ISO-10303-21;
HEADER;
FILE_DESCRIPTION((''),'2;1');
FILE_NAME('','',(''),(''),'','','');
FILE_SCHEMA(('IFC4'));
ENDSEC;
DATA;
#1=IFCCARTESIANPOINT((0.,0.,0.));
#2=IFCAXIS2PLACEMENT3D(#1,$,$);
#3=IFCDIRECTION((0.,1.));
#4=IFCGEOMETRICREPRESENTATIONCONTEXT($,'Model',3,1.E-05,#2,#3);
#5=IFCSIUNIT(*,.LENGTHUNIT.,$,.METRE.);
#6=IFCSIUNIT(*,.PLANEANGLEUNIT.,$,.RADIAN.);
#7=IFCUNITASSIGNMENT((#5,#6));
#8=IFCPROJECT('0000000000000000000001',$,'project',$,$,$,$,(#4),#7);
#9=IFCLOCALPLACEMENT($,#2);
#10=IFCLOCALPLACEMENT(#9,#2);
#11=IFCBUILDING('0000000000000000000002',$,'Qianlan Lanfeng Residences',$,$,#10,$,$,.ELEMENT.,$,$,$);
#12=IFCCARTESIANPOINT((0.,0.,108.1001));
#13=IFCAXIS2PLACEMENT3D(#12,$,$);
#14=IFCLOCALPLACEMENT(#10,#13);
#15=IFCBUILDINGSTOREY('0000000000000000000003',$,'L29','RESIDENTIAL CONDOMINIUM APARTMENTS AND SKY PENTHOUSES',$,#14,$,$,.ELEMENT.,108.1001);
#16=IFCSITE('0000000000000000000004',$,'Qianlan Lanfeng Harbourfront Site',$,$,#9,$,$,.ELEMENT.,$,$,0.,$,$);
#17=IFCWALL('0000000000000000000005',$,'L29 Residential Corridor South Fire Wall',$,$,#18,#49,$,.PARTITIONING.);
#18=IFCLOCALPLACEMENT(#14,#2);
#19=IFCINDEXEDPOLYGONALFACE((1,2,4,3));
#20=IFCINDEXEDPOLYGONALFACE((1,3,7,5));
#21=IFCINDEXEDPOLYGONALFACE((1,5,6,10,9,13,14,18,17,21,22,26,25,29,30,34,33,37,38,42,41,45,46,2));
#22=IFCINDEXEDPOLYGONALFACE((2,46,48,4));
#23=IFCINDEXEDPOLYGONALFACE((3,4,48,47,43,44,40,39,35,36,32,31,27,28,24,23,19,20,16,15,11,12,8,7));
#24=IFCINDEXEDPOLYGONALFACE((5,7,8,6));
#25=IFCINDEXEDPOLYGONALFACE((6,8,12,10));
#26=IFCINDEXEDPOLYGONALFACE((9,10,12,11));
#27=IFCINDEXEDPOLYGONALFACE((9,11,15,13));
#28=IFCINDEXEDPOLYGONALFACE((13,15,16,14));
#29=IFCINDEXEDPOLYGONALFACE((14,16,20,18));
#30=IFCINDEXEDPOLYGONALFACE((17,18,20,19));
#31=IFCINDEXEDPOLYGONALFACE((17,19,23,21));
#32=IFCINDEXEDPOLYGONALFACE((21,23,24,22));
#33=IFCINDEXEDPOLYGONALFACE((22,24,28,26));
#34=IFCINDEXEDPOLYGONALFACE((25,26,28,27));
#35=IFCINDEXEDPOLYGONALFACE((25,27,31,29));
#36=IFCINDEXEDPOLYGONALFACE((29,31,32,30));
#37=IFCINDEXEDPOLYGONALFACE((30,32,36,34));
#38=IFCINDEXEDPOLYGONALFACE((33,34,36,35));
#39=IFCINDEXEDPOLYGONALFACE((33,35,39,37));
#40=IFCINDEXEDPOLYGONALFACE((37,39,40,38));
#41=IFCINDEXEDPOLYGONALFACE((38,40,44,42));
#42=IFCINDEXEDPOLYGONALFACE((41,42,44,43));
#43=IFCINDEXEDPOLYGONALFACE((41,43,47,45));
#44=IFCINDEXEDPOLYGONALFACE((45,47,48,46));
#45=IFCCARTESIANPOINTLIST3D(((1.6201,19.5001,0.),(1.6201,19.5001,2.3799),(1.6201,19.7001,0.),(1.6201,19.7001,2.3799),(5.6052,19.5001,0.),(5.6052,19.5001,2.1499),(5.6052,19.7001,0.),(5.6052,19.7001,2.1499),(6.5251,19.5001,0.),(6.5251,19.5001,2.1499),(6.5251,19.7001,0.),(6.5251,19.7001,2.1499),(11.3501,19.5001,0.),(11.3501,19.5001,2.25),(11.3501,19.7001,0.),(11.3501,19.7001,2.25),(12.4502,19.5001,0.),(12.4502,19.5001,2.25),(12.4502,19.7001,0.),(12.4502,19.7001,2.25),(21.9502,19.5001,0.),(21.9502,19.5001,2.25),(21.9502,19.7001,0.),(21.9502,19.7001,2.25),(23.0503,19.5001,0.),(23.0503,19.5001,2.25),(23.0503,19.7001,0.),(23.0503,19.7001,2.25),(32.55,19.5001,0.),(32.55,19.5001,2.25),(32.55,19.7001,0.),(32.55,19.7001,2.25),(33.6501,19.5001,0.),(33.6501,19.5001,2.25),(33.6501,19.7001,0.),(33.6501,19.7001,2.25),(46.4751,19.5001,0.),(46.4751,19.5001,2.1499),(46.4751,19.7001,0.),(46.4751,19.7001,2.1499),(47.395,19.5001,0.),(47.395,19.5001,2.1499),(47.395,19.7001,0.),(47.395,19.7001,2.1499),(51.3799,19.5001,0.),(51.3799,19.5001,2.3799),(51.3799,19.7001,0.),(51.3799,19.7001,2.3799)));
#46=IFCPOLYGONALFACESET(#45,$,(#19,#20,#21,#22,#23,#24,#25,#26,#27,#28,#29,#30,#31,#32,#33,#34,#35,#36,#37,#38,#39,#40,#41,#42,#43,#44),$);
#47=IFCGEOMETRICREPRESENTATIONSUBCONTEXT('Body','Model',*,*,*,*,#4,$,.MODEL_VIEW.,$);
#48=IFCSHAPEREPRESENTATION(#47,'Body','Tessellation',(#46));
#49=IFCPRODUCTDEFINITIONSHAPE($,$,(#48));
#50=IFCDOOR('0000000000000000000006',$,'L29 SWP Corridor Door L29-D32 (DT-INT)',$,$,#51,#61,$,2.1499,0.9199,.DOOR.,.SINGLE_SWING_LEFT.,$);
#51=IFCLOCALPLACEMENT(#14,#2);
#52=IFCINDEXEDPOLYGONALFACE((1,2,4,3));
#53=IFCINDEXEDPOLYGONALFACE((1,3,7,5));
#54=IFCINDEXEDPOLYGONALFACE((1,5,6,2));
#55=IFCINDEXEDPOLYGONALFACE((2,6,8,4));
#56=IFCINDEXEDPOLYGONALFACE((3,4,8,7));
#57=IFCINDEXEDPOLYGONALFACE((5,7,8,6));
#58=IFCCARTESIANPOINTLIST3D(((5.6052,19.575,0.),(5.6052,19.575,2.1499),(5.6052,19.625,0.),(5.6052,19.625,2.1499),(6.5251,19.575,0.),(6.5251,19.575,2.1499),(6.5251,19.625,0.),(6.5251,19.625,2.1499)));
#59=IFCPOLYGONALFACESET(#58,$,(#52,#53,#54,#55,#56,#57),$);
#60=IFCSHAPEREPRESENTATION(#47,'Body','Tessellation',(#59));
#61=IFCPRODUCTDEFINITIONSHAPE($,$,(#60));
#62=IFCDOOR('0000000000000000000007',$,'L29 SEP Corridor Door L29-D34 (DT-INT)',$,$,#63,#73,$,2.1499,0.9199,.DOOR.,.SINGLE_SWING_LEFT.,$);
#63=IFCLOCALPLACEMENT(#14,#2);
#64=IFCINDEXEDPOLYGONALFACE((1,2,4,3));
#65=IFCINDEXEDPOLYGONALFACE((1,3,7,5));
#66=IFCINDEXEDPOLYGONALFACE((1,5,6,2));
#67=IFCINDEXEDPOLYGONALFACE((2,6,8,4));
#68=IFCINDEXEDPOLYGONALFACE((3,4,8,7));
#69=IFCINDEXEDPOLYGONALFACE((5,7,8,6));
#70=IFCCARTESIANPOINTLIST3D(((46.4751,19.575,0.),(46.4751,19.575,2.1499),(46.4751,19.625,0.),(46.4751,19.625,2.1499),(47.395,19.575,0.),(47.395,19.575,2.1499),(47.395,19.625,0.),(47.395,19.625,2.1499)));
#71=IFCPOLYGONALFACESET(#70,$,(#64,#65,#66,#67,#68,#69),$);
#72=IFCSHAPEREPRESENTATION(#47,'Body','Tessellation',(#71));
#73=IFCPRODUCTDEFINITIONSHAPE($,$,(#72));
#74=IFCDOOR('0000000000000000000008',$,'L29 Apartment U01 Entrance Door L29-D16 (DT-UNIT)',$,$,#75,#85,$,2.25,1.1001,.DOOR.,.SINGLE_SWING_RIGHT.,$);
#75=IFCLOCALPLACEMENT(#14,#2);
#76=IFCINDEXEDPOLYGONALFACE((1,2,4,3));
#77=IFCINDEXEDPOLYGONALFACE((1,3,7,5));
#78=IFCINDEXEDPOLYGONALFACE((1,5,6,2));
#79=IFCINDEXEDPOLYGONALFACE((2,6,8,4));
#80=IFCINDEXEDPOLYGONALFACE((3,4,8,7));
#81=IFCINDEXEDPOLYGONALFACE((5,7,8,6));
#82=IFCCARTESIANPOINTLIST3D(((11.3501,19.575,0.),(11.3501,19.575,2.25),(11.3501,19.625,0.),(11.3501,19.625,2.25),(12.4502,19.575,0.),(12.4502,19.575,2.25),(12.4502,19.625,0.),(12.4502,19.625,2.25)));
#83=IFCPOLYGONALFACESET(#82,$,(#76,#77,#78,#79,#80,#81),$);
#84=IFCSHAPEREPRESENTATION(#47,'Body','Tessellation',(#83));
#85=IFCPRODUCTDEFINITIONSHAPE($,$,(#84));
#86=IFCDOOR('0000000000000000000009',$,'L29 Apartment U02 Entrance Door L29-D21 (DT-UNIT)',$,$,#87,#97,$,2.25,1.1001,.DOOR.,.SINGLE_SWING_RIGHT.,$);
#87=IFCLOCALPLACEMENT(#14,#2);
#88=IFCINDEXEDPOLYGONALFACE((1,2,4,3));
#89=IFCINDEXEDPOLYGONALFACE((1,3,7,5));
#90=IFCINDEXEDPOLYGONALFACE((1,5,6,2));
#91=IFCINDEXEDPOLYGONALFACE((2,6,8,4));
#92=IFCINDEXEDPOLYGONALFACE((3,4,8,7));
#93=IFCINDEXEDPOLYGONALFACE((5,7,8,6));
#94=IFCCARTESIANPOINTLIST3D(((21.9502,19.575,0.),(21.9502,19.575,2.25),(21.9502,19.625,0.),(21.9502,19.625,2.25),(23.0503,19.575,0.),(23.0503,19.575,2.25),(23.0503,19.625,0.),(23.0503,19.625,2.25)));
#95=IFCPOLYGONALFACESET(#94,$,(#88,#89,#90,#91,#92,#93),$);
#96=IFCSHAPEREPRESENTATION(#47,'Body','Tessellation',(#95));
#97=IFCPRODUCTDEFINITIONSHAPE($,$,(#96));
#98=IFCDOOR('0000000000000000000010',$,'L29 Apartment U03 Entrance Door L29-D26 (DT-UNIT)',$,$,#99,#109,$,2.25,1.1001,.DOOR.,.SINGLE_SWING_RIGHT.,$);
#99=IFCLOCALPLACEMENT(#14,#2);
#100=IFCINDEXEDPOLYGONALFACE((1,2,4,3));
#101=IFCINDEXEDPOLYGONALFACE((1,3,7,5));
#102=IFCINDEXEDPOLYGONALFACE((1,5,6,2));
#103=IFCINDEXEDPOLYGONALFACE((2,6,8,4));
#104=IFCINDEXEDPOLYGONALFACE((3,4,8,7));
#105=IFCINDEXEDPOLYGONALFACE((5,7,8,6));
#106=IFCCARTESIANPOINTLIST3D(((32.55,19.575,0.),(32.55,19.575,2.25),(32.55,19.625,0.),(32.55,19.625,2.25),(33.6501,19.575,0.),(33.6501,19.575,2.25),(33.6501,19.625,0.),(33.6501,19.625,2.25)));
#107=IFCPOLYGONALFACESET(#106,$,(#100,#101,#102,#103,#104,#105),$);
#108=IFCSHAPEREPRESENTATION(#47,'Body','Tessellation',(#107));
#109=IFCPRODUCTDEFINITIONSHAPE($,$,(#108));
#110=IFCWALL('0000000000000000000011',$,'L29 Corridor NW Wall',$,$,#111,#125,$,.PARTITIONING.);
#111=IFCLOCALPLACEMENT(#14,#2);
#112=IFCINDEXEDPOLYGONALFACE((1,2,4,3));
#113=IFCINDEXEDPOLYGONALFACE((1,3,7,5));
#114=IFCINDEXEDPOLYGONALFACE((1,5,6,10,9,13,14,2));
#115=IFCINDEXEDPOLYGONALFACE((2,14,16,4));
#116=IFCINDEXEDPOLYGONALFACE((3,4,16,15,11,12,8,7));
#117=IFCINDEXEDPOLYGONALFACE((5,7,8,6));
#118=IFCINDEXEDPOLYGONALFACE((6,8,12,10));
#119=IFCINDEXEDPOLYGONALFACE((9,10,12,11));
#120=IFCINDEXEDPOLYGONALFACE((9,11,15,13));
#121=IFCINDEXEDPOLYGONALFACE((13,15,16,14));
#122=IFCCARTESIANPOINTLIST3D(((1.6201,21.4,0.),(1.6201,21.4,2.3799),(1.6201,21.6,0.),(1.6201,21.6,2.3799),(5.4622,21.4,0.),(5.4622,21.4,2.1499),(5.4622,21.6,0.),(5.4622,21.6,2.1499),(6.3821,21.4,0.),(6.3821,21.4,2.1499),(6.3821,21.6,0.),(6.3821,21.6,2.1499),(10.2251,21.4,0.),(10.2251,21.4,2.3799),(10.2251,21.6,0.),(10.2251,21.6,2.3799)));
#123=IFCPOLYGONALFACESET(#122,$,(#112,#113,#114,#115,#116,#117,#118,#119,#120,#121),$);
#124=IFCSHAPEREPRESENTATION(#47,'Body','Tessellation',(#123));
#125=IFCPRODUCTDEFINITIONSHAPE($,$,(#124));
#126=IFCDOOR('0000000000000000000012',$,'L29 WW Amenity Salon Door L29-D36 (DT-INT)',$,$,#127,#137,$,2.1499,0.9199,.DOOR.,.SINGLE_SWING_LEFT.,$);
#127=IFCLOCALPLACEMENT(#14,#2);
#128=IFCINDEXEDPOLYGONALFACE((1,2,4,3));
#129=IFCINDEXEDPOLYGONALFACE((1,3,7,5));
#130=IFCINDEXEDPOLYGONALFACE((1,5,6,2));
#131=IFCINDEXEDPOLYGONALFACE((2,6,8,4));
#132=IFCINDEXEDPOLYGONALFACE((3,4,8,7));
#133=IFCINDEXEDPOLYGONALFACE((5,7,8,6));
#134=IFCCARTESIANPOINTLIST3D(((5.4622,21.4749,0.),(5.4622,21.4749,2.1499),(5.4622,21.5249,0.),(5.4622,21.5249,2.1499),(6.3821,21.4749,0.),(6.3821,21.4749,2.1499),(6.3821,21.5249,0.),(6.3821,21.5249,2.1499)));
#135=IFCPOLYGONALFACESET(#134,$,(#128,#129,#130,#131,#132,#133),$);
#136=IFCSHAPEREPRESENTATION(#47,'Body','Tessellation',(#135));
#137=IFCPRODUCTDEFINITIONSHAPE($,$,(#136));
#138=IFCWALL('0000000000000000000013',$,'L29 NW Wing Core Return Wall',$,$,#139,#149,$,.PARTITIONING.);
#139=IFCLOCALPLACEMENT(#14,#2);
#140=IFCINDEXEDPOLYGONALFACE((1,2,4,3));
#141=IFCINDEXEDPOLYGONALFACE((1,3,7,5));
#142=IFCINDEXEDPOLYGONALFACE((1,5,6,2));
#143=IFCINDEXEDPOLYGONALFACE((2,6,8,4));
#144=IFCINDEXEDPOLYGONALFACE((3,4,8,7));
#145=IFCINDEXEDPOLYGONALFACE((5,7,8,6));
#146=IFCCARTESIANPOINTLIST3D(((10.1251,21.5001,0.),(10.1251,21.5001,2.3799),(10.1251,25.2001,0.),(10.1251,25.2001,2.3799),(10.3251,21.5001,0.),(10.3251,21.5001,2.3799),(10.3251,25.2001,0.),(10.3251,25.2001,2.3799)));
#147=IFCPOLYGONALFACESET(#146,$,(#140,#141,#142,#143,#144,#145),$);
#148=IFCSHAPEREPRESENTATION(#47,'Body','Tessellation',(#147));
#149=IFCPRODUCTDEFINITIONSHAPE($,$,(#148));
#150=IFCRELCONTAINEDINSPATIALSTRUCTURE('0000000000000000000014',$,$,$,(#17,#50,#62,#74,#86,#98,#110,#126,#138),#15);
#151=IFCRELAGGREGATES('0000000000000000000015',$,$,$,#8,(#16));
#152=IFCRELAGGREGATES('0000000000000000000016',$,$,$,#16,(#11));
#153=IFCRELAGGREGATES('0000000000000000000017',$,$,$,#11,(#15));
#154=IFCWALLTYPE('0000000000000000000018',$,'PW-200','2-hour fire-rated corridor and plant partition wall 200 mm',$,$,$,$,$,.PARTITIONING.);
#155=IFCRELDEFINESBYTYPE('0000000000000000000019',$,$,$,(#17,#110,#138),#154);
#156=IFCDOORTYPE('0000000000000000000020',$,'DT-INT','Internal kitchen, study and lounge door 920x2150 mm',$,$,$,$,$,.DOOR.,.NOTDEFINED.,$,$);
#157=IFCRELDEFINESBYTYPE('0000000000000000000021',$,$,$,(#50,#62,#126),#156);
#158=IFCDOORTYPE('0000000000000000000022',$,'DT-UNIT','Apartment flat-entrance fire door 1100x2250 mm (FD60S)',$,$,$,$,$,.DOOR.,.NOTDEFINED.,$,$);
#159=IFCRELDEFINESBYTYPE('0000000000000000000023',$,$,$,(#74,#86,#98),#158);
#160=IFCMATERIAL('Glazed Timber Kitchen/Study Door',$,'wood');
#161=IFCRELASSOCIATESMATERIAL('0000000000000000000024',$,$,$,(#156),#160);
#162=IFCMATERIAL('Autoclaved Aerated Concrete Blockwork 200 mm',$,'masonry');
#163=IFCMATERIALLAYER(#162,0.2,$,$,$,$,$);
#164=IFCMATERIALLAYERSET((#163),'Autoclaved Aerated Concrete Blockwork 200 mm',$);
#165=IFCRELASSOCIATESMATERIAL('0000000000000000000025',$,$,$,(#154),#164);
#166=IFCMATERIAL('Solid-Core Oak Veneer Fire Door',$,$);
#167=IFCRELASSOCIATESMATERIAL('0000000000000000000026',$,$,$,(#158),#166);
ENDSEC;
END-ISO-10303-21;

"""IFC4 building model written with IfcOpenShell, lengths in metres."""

from ifc_helpers import new_model, si_unit, direction, frame, frame_2d, origin, place, context, subcontext, project, spatial, rectangle, extrude, material, layer, layer_set, type_object, element, fill, save


model = new_model("IFC4")

# Units and contexts
model_context = context("Model", 3, precision=1e-05, world=origin(), true_north=direction((0.0, 1.0)))
body_context = subcontext(model_context, "Body", "Model", "MODEL_VIEW")
ifc_project = project(units=[si_unit("LENGTHUNIT", "METRE"), si_unit("PLANEANGLEUNIT", "RADIAN")], contexts=[model_context])

# Site, building, storey
site_placement = place(None, origin())
site = spatial("IfcSite", under=ifc_project, at=site_placement, Name="Qianlan Lanfeng Harbourfront Site", CompositionType="ELEMENT", RefElevation=0.0)
building_placement = place(site_placement, origin())
building = spatial("IfcBuilding", under=site, at=building_placement, Name="Qianlan Lanfeng Residences", CompositionType="ELEMENT")
storey_placement = place(building_placement, frame((0.0, 0.0, 108.1001)))
storey = spatial("IfcBuildingStorey", under=building, at=storey_placement, Name="L29", Description="RESIDENTIAL CONDOMINIUM APARTMENTS AND SKY PENTHOUSES", CompositionType="ELEMENT", Elevation=108.1001)

# Shared definitions
ifc_material_1 = material(Name="Glazed Timber Kitchen/Study Door", Category="wood")
door_type_1 = type_object("IfcDoorType", Name="DT-INT", Description="Internal kitchen, study and lounge door 920x2150 mm", OperationType="NOTDEFINED", PredefinedType="DOOR", material=ifc_material_1)

# Wall, openings, doors
ifc_material_2 = material(Name="Autoclaved Aerated Concrete Blockwork 200 mm", Category="masonry")
ifc_layer_1 = layer(ifc_material_2, 0.2)
ifc_layer_set_1 = layer_set([ifc_layer_1], Name="Autoclaved Aerated Concrete Blockwork 200 mm")
wall_type_1 = type_object("IfcWallType", Name="PW-200", Description="2-hour fire-rated corridor and plant partition wall 200 mm", PredefinedType="PARTITIONING", material=ifc_layer_set_1)
wall_1_placement = place(storey_placement, frame((1.6201, 19.6001, 0.0), z_axis=(0.0, 0.0, 1.0), x_axis=(1.0, 0.0, 0.0)))
wall_1 = element("IfcWall", 1, at=wall_1_placement, inside=storey, type_object=wall_type_1, Name="L29 Residential Corridor South Fire Wall", PredefinedType="PARTITIONING", context=body_context, shape_type="SweptSolid", body=[
    extrude(rectangle(XDim=49.7598, YDim=0.2, at=frame_2d((24.8799, 0.0))), origin(), (0.0, 0.0, 1.0), 2.3799),
])
opening_1_placement = place(wall_1_placement, frame((9.73, 0.0, 0.0)))
opening_1 = element("IfcOpeningElement", 2, at=opening_1_placement, cuts=wall_1, PredefinedType="OPENING", context=body_context, shape_type="SweptSolid", body=[
    extrude(rectangle(XDim=1.1001, YDim=2.25, at=frame_2d((0.55, 1.125))), frame((0.0, 0.1099, 0.0), z_axis=(0.0, -1.0, 0.0), x_axis=(1.0, 0.0, 0.0)), (0.0, 0.0, 1.0), 0.22),
])
opening_2_placement = place(wall_1_placement, frame((20.3301, 0.0, 0.0)))
opening_2 = element("IfcOpeningElement", 3, at=opening_2_placement, cuts=wall_1, PredefinedType="OPENING", context=body_context, shape_type="SweptSolid", body=[
    extrude(rectangle(XDim=1.1001, YDim=2.25, at=frame_2d((0.55, 1.125))), frame((0.0, 0.1099, 0.0), z_axis=(0.0, -1.0, 0.0), x_axis=(1.0, 0.0, 0.0)), (0.0, 0.0, 1.0), 0.22),
])
opening_3_placement = place(wall_1_placement, frame((30.9299, 0.0, 0.0)))
opening_3 = element("IfcOpeningElement", 4, at=opening_3_placement, cuts=wall_1, PredefinedType="OPENING", context=body_context, shape_type="SweptSolid", body=[
    extrude(rectangle(XDim=1.1001, YDim=2.25, at=frame_2d((0.55, 1.125))), frame((0.0, 0.1099, 0.0), z_axis=(0.0, -1.0, 0.0), x_axis=(1.0, 0.0, 0.0)), (0.0, 0.0, 1.0), 0.22),
])
opening_4_placement = place(wall_1_placement, frame((3.9851, 0.0, 0.0)))
opening_4 = element("IfcOpeningElement", 5, at=opening_4_placement, cuts=wall_1, PredefinedType="OPENING", context=body_context, shape_type="SweptSolid", body=[
    extrude(rectangle(XDim=0.9199, YDim=2.1499, at=frame_2d((0.46, 1.075))), frame((0.0, 0.1099, 0.0), z_axis=(0.0, -1.0, 0.0), x_axis=(1.0, 0.0, 0.0)), (0.0, 0.0, 1.0), 0.22),
])
opening_5_placement = place(wall_1_placement, frame((44.855, 0.0, 0.0)))
opening_5 = element("IfcOpeningElement", 6, at=opening_5_placement, cuts=wall_1, PredefinedType="OPENING", context=body_context, shape_type="SweptSolid", body=[
    extrude(rectangle(XDim=0.9199, YDim=2.1499, at=frame_2d((0.46, 1.075))), frame((0.0, 0.1099, 0.0), z_axis=(0.0, -1.0, 0.0), x_axis=(1.0, 0.0, 0.0)), (0.0, 0.0, 1.0), 0.22),
])
door_1_placement = place(opening_4_placement, origin())
door_1 = element("IfcDoor", 7, at=door_1_placement, inside=storey, type_object=door_type_1, Name="L29 SWP Corridor Door L29-D32 (DT-INT)", OperationType="SINGLE_SWING_LEFT", OverallHeight=2.1499, OverallWidth=0.9199, PredefinedType="DOOR", context=body_context, shape_type="SweptSolid", body=[
    extrude(rectangle(XDim=0.9199, YDim=2.1499, at=frame_2d((0.46, 1.075))), frame((0.0, 0.0249, 0.0), z_axis=(0.0, -1.0, 0.0), x_axis=(1.0, 0.0, 0.0)), (0.0, 0.0, 1.0), 0.05),
])
fill(opening_4, door_1)
door_2_placement = place(opening_5_placement, origin())
door_2 = element("IfcDoor", 8, at=door_2_placement, inside=storey, type_object=door_type_1, Name="L29 SEP Corridor Door L29-D34 (DT-INT)", OperationType="SINGLE_SWING_LEFT", OverallHeight=2.1499, OverallWidth=0.9199, PredefinedType="DOOR", context=body_context, shape_type="SweptSolid", body=[
    extrude(rectangle(XDim=0.9199, YDim=2.1499, at=frame_2d((0.46, 1.075))), frame((0.0, 0.0249, 0.0), z_axis=(0.0, -1.0, 0.0), x_axis=(1.0, 0.0, 0.0)), (0.0, 0.0, 1.0), 0.05),
])
fill(opening_5, door_2)
ifc_material_3 = material(Name="Solid-Core Oak Veneer Fire Door")
door_type_2 = type_object("IfcDoorType", Name="DT-UNIT", Description="Apartment flat-entrance fire door 1100x2250 mm (FD60S)", OperationType="NOTDEFINED", PredefinedType="DOOR", material=ifc_material_3)
door_3_placement = place(opening_1_placement, origin())
door_3 = element("IfcDoor", 9, at=door_3_placement, inside=storey, type_object=door_type_2, Name="L29 Apartment U01 Entrance Door L29-D16 (DT-UNIT)", OperationType="SINGLE_SWING_RIGHT", OverallHeight=2.25, OverallWidth=1.1001, PredefinedType="DOOR", context=body_context, shape_type="SweptSolid", body=[
    extrude(rectangle(XDim=1.1001, YDim=2.25, at=frame_2d((0.55, 1.125))), frame((0.0, 0.0249, 0.0), z_axis=(0.0, -1.0, 0.0), x_axis=(1.0, 0.0, 0.0)), (0.0, 0.0, 1.0), 0.05),
])
fill(opening_1, door_3)
door_4_placement = place(opening_2_placement, origin())
door_4 = element("IfcDoor", 10, at=door_4_placement, inside=storey, type_object=door_type_2, Name="L29 Apartment U02 Entrance Door L29-D21 (DT-UNIT)", OperationType="SINGLE_SWING_RIGHT", OverallHeight=2.25, OverallWidth=1.1001, PredefinedType="DOOR", context=body_context, shape_type="SweptSolid", body=[
    extrude(rectangle(XDim=1.1001, YDim=2.25, at=frame_2d((0.55, 1.125))), frame((0.0, 0.0249, 0.0), z_axis=(0.0, -1.0, 0.0), x_axis=(1.0, 0.0, 0.0)), (0.0, 0.0, 1.0), 0.05),
])
fill(opening_2, door_4)
door_5_placement = place(opening_3_placement, origin())
door_5 = element("IfcDoor", 11, at=door_5_placement, inside=storey, type_object=door_type_2, Name="L29 Apartment U03 Entrance Door L29-D26 (DT-UNIT)", OperationType="SINGLE_SWING_RIGHT", OverallHeight=2.25, OverallWidth=1.1001, PredefinedType="DOOR", context=body_context, shape_type="SweptSolid", body=[
    extrude(rectangle(XDim=1.1001, YDim=2.25, at=frame_2d((0.55, 1.125))), frame((0.0, 0.0249, 0.0), z_axis=(0.0, -1.0, 0.0), x_axis=(1.0, 0.0, 0.0)), (0.0, 0.0, 1.0), 0.05),
])
fill(opening_3, door_5)

# Wall, opening, door
wall_2_placement = place(storey_placement, frame((1.6201, 21.5, 0.0), z_axis=(0.0, 0.0, 1.0), x_axis=(1.0, 0.0, 0.0)))
wall_2 = element("IfcWall", 12, at=wall_2_placement, inside=storey, type_object=wall_type_1, Name="L29 Corridor NW Wall", PredefinedType="PARTITIONING", context=body_context, shape_type="SweptSolid", body=[
    extrude(rectangle(XDim=8.605, YDim=0.2, at=frame_2d((4.3025, 0.0))), origin(), (0.0, 0.0, 1.0), 2.3799),
])
opening_6_placement = place(wall_2_placement, frame((3.842, 0.0, 0.0)))
opening_6 = element("IfcOpeningElement", 13, at=opening_6_placement, cuts=wall_2, PredefinedType="OPENING", context=body_context, shape_type="SweptSolid", body=[
    extrude(rectangle(XDim=0.9199, YDim=2.1499, at=frame_2d((0.46, 1.075))), frame((0.0, 0.1099, 0.0), z_axis=(0.0, -1.0, 0.0), x_axis=(1.0, 0.0, 0.0)), (0.0, 0.0, 1.0), 0.22),
])
door_6_placement = place(opening_6_placement, origin())
door_6 = element("IfcDoor", 14, at=door_6_placement, inside=storey, type_object=door_type_1, Name="L29 WW Amenity Salon Door L29-D36 (DT-INT)", OperationType="SINGLE_SWING_LEFT", OverallHeight=2.1499, OverallWidth=0.9199, PredefinedType="DOOR", context=body_context, shape_type="SweptSolid", body=[
    extrude(rectangle(XDim=0.9199, YDim=2.1499, at=frame_2d((0.46, 1.075))), frame((0.0, 0.0249, 0.0), z_axis=(0.0, -1.0, 0.0), x_axis=(1.0, 0.0, 0.0)), (0.0, 0.0, 1.0), 0.05),
])
fill(opening_6, door_6)

# Wall
wall_3_placement = place(storey_placement, frame((10.2251, 21.5, 0.0), z_axis=(0.0, 0.0, 1.0), x_axis=(0.0, 1.0, 0.0)))
element("IfcWall", 15, at=wall_3_placement, inside=storey, type_object=wall_type_1, Name="L29 NW Wing Core Return Wall", PredefinedType="PARTITIONING", context=body_context, shape_type="SweptSolid", body=[
    extrude(rectangle(XDim=3.7, YDim=0.2, at=frame_2d((1.8501, 0.0))), origin(), (0.0, 0.0, 1.0), 2.3799),
])

save(model, "model.ifc")
